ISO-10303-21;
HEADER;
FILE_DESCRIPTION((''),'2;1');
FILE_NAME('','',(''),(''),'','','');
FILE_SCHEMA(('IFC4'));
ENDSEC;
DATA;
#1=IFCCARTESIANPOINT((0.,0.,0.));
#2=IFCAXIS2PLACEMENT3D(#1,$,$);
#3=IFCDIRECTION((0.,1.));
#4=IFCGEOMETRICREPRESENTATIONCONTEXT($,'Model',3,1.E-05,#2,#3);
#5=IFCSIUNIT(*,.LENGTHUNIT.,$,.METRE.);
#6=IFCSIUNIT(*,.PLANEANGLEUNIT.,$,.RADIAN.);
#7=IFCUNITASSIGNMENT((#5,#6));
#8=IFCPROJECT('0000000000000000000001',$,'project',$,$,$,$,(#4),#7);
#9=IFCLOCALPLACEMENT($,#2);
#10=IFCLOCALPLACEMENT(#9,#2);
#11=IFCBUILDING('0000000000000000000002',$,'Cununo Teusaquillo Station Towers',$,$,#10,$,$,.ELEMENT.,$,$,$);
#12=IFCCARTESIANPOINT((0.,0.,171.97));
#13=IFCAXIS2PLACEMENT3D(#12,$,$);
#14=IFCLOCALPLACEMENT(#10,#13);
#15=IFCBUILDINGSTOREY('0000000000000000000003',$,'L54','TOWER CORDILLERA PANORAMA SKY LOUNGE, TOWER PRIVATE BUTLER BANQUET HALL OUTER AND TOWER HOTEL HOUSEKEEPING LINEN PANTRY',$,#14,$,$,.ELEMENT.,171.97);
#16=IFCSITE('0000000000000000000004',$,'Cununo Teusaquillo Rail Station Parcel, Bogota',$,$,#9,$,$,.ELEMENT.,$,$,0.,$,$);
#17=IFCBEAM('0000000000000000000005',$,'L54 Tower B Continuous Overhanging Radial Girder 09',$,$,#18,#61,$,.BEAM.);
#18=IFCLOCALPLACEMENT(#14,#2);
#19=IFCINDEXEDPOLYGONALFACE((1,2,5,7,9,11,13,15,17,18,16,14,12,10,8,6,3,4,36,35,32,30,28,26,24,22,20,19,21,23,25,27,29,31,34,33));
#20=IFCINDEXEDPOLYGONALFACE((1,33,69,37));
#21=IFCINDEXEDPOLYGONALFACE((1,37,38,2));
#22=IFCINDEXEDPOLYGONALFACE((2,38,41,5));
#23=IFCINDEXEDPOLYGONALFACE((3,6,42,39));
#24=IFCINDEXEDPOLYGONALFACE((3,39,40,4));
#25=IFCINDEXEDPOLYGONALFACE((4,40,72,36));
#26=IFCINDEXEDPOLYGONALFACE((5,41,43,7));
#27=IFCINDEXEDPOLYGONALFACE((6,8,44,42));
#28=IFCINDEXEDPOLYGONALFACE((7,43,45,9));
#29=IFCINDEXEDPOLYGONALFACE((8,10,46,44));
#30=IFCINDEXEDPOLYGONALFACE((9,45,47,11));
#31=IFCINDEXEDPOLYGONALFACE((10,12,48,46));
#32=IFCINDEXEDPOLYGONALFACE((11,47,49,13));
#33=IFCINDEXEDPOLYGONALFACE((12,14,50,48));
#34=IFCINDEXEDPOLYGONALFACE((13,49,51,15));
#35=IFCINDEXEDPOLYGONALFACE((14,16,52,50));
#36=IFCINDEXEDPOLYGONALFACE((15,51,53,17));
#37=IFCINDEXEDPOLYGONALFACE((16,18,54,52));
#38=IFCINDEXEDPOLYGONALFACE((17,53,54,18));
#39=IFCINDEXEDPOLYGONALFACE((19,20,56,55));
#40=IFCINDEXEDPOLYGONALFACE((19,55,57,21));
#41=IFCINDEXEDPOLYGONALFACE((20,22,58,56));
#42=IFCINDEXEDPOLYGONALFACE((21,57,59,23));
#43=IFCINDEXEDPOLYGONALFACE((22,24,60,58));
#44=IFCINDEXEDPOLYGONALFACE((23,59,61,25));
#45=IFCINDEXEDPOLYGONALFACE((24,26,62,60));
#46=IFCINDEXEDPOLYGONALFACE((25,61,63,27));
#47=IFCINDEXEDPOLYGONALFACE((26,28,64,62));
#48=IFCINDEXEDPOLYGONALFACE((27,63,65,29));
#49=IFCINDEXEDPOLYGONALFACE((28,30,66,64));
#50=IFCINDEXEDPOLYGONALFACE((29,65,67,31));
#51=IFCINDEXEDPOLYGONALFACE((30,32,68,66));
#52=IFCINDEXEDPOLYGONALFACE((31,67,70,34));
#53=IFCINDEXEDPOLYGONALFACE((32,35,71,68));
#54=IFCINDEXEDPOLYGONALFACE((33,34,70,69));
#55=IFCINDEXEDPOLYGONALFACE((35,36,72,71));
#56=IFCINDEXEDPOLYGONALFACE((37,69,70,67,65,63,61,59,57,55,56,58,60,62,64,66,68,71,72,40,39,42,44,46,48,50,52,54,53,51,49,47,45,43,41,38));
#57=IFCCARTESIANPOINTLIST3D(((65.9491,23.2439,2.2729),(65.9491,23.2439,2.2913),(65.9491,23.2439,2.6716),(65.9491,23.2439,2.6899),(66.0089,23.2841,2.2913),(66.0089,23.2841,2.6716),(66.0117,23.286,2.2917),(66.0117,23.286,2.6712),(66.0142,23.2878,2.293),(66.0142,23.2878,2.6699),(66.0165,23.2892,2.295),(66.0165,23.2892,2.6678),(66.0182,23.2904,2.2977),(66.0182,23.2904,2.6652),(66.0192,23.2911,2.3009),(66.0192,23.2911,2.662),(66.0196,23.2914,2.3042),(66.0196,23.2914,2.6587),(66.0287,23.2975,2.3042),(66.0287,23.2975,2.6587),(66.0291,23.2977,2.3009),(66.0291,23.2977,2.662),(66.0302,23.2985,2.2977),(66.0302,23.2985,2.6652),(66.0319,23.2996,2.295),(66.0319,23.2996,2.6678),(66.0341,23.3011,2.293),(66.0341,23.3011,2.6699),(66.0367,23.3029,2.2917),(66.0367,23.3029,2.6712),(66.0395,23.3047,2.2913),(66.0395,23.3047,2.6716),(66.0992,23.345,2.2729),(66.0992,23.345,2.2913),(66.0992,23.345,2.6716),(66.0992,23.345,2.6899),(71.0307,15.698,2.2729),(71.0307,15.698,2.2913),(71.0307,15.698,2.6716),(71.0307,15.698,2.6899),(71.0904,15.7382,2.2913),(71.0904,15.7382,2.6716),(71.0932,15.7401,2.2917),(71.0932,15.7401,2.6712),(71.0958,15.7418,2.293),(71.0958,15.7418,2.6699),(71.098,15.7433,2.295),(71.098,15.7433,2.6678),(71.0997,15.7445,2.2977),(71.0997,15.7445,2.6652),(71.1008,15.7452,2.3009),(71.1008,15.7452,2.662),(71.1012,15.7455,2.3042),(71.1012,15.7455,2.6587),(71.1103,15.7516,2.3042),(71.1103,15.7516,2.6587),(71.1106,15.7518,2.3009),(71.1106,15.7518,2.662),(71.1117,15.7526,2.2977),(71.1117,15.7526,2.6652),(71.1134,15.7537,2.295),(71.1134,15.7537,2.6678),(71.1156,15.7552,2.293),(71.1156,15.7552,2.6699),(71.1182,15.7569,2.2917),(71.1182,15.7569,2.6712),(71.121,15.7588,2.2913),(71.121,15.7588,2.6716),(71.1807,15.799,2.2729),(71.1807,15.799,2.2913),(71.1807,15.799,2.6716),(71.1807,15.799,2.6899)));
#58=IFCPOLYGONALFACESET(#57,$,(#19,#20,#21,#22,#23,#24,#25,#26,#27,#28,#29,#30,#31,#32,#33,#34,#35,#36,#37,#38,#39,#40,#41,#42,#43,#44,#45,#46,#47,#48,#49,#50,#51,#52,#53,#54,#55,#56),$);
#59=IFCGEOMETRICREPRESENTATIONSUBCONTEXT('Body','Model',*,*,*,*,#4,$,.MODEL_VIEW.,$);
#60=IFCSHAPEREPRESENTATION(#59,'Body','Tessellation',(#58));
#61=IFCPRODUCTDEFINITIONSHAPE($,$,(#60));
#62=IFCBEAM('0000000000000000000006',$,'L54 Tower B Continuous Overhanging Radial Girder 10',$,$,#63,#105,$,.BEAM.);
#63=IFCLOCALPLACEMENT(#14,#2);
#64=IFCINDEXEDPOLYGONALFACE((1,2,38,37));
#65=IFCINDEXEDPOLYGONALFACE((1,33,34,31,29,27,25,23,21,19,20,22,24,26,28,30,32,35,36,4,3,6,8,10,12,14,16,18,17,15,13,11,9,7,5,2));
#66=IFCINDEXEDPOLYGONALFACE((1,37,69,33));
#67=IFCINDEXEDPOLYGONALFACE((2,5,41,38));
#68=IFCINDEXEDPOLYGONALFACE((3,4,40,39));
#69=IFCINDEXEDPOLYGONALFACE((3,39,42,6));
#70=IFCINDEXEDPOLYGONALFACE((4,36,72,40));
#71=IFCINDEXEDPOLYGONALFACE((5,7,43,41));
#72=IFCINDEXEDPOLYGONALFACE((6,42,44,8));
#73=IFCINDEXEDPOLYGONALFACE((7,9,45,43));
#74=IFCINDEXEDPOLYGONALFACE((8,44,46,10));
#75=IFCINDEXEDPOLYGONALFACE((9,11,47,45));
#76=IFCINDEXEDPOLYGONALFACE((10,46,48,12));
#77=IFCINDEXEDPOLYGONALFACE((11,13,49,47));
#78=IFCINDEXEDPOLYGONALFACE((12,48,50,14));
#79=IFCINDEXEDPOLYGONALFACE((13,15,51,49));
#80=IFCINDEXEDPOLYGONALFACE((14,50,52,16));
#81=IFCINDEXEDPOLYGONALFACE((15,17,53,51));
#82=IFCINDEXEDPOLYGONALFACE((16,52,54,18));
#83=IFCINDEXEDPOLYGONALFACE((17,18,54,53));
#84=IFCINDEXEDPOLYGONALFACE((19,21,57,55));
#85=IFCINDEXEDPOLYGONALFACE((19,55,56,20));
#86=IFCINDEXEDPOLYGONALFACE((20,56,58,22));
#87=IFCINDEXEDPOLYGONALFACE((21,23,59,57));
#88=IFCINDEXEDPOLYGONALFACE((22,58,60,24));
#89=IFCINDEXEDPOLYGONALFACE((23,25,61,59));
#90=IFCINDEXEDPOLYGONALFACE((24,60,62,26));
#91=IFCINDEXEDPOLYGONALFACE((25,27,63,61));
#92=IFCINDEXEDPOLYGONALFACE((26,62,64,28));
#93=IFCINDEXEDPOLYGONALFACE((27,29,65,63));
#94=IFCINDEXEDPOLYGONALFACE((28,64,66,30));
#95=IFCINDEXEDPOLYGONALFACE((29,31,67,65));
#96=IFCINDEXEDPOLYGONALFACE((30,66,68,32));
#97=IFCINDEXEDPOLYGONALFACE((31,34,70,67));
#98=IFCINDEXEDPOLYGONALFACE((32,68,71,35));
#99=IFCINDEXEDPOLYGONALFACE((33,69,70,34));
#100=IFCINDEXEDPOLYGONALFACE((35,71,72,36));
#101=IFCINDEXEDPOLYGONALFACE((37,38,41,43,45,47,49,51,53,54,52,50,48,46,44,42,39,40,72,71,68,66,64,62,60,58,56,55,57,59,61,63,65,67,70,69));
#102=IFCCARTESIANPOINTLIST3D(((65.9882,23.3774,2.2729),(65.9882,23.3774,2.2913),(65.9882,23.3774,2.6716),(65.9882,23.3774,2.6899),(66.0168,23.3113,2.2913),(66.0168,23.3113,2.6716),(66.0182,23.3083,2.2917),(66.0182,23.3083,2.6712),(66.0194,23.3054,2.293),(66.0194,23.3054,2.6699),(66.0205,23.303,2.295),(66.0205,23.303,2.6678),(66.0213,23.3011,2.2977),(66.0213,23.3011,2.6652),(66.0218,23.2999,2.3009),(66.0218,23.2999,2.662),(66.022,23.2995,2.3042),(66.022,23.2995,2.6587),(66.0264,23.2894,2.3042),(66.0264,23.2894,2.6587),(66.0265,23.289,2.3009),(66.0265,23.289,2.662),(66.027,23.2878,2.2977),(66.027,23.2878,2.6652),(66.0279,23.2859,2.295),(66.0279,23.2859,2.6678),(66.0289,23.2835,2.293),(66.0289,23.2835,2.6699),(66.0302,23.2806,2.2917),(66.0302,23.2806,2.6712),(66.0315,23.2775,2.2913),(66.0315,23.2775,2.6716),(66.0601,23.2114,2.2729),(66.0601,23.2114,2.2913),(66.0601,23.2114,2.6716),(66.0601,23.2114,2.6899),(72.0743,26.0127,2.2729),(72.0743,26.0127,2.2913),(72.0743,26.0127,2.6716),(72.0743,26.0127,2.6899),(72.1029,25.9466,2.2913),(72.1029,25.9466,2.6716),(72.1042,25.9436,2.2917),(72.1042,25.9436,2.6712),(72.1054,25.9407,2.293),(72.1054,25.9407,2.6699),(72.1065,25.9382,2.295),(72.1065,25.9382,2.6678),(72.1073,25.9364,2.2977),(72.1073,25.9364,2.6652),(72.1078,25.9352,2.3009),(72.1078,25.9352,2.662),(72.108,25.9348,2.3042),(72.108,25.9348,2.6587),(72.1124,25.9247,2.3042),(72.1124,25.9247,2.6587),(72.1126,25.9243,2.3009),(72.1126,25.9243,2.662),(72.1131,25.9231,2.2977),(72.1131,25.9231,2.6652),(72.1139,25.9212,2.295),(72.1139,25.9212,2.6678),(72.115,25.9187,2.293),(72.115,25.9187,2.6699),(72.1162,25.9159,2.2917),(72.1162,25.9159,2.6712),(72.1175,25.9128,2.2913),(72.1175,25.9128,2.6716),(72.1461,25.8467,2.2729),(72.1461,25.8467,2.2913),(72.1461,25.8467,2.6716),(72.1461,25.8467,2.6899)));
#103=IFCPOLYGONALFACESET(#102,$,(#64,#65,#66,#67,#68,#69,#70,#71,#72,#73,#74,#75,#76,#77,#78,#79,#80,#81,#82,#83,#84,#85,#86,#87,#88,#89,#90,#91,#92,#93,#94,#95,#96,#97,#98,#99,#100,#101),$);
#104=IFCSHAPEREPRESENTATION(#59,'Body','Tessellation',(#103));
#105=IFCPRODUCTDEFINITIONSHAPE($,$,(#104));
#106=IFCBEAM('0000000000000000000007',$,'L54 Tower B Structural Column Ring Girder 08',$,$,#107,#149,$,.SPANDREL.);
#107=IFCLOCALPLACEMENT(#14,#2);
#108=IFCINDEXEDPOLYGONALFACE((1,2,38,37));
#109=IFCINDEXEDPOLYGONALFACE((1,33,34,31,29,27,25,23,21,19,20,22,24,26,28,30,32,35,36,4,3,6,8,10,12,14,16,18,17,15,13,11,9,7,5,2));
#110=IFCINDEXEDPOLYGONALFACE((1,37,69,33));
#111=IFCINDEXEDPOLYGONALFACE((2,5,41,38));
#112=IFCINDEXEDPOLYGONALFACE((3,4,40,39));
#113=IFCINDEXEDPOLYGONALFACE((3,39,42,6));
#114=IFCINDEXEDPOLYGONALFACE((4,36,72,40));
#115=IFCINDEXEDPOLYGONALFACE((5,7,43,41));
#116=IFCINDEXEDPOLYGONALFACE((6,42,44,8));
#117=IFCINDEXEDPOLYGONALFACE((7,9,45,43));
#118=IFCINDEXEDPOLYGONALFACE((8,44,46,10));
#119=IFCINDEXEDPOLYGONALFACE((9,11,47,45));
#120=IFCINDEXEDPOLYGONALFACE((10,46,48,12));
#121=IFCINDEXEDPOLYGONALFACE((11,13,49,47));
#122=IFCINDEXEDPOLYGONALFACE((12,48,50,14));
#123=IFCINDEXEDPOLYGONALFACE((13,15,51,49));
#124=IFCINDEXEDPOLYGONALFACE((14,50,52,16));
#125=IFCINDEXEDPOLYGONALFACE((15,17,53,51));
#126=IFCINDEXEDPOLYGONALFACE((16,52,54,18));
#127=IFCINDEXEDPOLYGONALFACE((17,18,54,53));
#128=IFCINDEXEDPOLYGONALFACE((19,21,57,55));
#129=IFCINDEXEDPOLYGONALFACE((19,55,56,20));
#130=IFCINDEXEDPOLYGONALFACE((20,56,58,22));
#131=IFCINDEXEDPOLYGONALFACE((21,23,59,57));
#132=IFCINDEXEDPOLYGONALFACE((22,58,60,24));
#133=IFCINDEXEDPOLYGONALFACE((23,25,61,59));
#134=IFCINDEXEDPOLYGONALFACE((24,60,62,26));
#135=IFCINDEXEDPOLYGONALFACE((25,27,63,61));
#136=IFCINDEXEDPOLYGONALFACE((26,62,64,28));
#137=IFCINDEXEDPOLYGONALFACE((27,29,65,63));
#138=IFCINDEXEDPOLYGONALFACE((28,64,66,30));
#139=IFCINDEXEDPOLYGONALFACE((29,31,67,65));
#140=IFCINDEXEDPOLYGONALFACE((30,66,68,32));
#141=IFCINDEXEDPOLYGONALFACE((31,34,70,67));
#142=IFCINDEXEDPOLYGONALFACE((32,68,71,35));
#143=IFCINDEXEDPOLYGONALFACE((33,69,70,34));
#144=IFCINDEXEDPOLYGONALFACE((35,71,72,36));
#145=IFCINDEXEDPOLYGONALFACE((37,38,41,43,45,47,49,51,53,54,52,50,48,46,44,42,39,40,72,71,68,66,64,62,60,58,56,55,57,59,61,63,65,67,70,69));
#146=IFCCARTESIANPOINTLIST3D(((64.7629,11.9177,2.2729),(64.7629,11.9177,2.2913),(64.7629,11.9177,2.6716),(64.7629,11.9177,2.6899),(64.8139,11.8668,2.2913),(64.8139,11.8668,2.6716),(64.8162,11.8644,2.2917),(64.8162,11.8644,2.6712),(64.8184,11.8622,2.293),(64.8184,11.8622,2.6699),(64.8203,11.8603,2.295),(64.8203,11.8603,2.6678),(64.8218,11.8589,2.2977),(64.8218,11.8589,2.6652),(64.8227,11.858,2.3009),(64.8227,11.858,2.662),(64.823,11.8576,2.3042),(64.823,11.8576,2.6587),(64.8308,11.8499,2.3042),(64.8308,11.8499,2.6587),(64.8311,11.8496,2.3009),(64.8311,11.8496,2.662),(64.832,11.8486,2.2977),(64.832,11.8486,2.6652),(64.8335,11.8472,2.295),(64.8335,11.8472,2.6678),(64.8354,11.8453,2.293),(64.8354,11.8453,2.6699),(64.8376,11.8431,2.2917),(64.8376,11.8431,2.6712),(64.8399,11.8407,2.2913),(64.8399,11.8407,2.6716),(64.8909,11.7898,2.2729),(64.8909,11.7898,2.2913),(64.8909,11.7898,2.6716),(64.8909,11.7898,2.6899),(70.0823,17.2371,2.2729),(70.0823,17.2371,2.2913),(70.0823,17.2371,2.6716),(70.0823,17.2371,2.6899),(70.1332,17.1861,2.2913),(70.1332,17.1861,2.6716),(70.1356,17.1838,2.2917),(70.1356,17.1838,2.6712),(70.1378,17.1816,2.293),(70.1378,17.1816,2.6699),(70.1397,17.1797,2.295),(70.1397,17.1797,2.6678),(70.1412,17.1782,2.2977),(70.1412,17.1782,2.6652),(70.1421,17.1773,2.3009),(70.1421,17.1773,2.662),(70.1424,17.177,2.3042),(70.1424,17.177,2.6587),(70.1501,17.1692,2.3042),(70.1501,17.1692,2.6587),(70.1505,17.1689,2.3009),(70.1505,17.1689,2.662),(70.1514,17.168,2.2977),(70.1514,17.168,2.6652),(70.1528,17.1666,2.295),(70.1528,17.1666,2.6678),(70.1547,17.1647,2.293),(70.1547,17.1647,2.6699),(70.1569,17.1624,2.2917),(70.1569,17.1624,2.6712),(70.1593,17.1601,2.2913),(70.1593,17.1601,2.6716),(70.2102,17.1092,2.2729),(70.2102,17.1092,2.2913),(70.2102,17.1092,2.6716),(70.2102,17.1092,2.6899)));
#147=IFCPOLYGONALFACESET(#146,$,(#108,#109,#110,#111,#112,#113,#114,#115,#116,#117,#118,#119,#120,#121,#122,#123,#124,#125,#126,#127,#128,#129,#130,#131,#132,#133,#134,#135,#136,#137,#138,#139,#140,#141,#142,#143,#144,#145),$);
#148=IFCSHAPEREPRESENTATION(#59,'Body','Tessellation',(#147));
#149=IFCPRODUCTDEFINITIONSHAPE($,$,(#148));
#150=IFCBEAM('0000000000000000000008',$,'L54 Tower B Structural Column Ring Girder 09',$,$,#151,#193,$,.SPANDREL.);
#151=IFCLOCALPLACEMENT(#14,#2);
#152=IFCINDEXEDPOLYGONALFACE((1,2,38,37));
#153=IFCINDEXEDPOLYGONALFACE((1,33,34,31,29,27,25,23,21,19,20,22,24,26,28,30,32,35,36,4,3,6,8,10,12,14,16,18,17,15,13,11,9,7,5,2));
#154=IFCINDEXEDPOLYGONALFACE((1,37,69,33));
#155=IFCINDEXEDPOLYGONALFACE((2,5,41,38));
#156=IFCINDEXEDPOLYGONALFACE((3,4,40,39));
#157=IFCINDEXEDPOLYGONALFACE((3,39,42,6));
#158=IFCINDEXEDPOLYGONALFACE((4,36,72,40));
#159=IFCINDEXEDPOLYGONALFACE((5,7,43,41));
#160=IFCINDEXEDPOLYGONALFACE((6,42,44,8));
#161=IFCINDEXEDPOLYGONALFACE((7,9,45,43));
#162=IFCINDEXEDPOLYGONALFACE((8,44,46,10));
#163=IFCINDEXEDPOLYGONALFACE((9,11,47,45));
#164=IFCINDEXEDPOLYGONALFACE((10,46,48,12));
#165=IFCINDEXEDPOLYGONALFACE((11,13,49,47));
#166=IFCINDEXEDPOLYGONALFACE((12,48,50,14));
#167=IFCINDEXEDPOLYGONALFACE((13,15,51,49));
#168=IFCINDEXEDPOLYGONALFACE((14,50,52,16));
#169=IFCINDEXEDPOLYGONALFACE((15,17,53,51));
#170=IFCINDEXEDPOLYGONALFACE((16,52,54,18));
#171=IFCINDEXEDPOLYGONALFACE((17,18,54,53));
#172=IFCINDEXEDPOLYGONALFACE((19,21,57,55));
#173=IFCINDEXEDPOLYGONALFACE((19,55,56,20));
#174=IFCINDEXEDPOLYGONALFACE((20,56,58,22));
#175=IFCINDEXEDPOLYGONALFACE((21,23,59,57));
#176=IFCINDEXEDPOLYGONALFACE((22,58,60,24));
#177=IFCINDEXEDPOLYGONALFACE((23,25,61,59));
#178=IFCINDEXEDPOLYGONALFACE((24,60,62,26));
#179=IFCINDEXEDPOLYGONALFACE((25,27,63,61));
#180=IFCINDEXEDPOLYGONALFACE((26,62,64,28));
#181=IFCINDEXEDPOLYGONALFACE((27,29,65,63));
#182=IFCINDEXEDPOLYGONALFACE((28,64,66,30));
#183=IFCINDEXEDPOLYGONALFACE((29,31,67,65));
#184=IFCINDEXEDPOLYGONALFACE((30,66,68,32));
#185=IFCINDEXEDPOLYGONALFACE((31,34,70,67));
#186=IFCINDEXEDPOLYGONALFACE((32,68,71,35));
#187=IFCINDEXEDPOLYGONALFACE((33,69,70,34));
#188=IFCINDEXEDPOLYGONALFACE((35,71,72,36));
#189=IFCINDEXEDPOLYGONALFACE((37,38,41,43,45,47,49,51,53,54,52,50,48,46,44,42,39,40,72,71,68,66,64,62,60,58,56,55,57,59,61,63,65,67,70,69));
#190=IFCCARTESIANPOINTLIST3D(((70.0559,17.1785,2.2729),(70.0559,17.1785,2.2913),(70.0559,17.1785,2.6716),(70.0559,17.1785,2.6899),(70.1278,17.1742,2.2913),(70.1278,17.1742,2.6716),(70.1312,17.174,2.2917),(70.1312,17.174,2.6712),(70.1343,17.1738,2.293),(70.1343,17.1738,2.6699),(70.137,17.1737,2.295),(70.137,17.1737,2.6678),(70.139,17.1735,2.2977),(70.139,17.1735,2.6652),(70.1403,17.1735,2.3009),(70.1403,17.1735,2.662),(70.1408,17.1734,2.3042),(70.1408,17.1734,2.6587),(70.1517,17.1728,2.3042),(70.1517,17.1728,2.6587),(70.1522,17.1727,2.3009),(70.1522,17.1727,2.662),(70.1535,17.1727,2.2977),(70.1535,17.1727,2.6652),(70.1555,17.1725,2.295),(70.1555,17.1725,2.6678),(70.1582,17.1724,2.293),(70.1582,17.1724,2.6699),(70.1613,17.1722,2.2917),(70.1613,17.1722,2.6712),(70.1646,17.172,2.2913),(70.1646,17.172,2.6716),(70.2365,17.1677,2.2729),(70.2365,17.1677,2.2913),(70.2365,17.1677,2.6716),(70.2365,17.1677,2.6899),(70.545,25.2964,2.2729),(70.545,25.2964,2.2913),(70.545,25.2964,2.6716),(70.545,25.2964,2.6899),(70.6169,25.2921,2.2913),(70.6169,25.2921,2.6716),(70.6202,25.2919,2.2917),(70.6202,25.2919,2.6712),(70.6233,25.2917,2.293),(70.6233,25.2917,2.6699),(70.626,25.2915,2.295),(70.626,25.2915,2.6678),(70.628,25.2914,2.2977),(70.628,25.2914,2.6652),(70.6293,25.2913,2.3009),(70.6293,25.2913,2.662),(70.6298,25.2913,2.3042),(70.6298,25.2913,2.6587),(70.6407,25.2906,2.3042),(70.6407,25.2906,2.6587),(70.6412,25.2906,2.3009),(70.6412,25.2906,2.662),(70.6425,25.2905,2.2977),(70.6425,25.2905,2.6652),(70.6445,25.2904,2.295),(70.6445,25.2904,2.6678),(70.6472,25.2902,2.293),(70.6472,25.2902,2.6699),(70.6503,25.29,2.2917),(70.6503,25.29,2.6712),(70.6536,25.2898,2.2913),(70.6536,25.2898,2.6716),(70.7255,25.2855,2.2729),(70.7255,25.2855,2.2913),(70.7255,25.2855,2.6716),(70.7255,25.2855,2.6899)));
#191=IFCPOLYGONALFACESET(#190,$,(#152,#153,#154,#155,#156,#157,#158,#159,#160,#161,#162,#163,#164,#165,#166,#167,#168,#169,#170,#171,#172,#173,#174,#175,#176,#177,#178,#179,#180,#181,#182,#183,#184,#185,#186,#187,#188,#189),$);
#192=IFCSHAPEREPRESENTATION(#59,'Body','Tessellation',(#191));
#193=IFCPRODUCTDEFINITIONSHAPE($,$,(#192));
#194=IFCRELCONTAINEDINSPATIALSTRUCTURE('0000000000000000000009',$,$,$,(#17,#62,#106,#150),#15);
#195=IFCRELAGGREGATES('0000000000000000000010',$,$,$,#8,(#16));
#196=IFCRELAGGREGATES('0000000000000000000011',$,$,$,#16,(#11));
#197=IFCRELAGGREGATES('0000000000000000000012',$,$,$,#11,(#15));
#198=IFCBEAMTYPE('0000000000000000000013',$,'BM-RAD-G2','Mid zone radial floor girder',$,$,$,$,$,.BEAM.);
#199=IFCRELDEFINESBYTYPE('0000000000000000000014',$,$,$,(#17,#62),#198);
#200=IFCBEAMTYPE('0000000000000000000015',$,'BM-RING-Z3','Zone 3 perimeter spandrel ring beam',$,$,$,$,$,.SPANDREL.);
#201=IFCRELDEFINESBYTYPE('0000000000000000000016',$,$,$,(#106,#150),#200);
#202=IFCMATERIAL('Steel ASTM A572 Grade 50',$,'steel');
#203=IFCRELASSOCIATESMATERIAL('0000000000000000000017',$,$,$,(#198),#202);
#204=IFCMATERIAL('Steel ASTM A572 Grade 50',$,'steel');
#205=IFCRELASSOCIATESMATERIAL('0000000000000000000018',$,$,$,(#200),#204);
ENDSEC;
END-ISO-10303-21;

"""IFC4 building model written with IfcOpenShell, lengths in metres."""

from ifc_helpers import new_model, si_unit, direction, frame, origin, origin_2d, place, context, subcontext, project, spatial, i_section, extrude, material, material_profile, profile_set, type_object, element, save


model = new_model("IFC4")

# Units and contexts
model_context = context("Model", 3, precision=1e-05, world=origin(), true_north=direction((0.0, 1.0)))
body_context = subcontext(model_context, "Body", "Model", "MODEL_VIEW")
ifc_project = project(units=[si_unit("LENGTHUNIT", "METRE"), si_unit("PLANEANGLEUNIT", "RADIAN")], contexts=[model_context])

# Site, building, storey
site_placement = place(None, origin())
site = spatial("IfcSite", under=ifc_project, at=site_placement, Name="Cununo Teusaquillo Rail Station Parcel, Bogota", CompositionType="ELEMENT", RefElevation=0.0)
building_placement = place(site_placement, origin())
building = spatial("IfcBuilding", under=site, at=building_placement, Name="Cununo Teusaquillo Station Towers", CompositionType="ELEMENT")
storey_placement = place(building_placement, frame((0.0, 0.0, 171.97)))
storey = spatial("IfcBuildingStorey", under=building, at=storey_placement, Name="L54", Description="TOWER CORDILLERA PANORAMA SKY LOUNGE, TOWER PRIVATE BUTLER BANQUET HALL OUTER AND TOWER HOTEL HOUSEKEEPING LINEN PANTRY", CompositionType="ELEMENT", Elevation=171.97)

# Beams
ifc_material_1 = material(Name="Steel ASTM A572 Grade 50", Category="steel")
ifc_material_profile_1 = material_profile(ifc_material_1, i_section(OverallWidth=0.1809, OverallDepth=0.417, WebThickness=0.011, FlangeThickness=0.0183, FilletRadius=0.0129, at=origin_2d()), Name="W16X57")
ifc_profile_set_1 = profile_set([ifc_material_profile_1], Name="Steel ASTM A572 Grade 50")
beam_type_1 = type_object("IfcBeamType", Name="BM-RAD-G2", Description="Mid zone radial floor girder", PredefinedType="BEAM", material=ifc_profile_set_1)
beam_1_placement = place(storey_placement, frame((66.0242, 23.2944, 2.4814), z_axis=(0.558571, -0.829457, 0.0), x_axis=(0.829457, 0.558571, 0.0)))
element("IfcBeam", 1, at=beam_1_placement, inside=storey, type_object=beam_type_1, Name="L54 Tower B Continuous Overhanging Radial Girder 09", PredefinedType="BEAM", context=body_context, shape_type="SweptSolid", body=[
    extrude(i_section(OverallWidth=0.1809, OverallDepth=0.417, WebThickness=0.011, FlangeThickness=0.0183, FilletRadius=0.0129, at=origin_2d()), origin(), (0.0, 0.0, 1.0), 9.0974),
])
beam_2_placement = place(storey_placement, frame((66.0242, 23.2944, 2.4814), z_axis=(0.917665, 0.397355, 0.0), x_axis=(-0.397355, 0.917665, 0.0)))
element("IfcBeam", 2, at=beam_2_placement, inside=storey, type_object=beam_type_1, Name="L54 Tower B Continuous Overhanging Radial Girder 10", PredefinedType="BEAM", context=body_context, shape_type="SweptSolid", body=[
    extrude(i_section(OverallWidth=0.1809, OverallDepth=0.417, WebThickness=0.011, FlangeThickness=0.0183, FilletRadius=0.0129, at=origin_2d()), origin(), (0.0, 0.0, 1.0), 6.6321),
])
ifc_material_2 = material(Name="Steel ASTM A572 Grade 50", Category="steel")
ifc_material_profile_2 = material_profile(ifc_material_2, i_section(OverallWidth=0.1809, OverallDepth=0.417, WebThickness=0.011, FlangeThickness=0.0183, FilletRadius=0.0129, at=origin_2d()), Name="W16X57")
ifc_profile_set_2 = profile_set([ifc_material_profile_2], Name="Steel ASTM A572 Grade 50")
beam_type_2 = type_object("IfcBeamType", Name="BM-RING-Z3", Description="Zone 3 perimeter spandrel ring beam", PredefinedType="SPANDREL", material=ifc_profile_set_2)
beam_3_placement = place(storey_placement, frame((64.8269, 11.8538, 2.4814), z_axis=(0.707107, 0.707107, 0.0), x_axis=(-0.707107, 0.707107, 0.0)))
element("IfcBeam", 3, at=beam_3_placement, inside=storey, type_object=beam_type_2, Name="L54 Tower B Structural Column Ring Girder 08", PredefinedType="SPANDREL", context=body_context, shape_type="SweptSolid", body=[
    extrude(i_section(OverallWidth=0.1809, OverallDepth=0.417, WebThickness=0.011, FlangeThickness=0.0183, FilletRadius=0.0129, at=origin_2d()), origin(), (0.0, 0.0, 1.0), 7.5227),
])
beam_4_placement = place(storey_placement, frame((70.1462, 17.1731, 2.4814), z_axis=(0.06013, 0.998191, 0.0), x_axis=(-0.998191, 0.06013, 0.0)))
element("IfcBeam", 4, at=beam_4_placement, inside=storey, type_object=beam_type_2, Name="L54 Tower B Structural Column Ring Girder 09", PredefinedType="SPANDREL", context=body_context, shape_type="SweptSolid", body=[
    extrude(i_section(OverallWidth=0.1809, OverallDepth=0.417, WebThickness=0.011, FlangeThickness=0.0183, FilletRadius=0.0129, at=origin_2d()), origin(), (0.0, 0.0, 1.0), 8.1326),
])

save(model, "model.ifc")
